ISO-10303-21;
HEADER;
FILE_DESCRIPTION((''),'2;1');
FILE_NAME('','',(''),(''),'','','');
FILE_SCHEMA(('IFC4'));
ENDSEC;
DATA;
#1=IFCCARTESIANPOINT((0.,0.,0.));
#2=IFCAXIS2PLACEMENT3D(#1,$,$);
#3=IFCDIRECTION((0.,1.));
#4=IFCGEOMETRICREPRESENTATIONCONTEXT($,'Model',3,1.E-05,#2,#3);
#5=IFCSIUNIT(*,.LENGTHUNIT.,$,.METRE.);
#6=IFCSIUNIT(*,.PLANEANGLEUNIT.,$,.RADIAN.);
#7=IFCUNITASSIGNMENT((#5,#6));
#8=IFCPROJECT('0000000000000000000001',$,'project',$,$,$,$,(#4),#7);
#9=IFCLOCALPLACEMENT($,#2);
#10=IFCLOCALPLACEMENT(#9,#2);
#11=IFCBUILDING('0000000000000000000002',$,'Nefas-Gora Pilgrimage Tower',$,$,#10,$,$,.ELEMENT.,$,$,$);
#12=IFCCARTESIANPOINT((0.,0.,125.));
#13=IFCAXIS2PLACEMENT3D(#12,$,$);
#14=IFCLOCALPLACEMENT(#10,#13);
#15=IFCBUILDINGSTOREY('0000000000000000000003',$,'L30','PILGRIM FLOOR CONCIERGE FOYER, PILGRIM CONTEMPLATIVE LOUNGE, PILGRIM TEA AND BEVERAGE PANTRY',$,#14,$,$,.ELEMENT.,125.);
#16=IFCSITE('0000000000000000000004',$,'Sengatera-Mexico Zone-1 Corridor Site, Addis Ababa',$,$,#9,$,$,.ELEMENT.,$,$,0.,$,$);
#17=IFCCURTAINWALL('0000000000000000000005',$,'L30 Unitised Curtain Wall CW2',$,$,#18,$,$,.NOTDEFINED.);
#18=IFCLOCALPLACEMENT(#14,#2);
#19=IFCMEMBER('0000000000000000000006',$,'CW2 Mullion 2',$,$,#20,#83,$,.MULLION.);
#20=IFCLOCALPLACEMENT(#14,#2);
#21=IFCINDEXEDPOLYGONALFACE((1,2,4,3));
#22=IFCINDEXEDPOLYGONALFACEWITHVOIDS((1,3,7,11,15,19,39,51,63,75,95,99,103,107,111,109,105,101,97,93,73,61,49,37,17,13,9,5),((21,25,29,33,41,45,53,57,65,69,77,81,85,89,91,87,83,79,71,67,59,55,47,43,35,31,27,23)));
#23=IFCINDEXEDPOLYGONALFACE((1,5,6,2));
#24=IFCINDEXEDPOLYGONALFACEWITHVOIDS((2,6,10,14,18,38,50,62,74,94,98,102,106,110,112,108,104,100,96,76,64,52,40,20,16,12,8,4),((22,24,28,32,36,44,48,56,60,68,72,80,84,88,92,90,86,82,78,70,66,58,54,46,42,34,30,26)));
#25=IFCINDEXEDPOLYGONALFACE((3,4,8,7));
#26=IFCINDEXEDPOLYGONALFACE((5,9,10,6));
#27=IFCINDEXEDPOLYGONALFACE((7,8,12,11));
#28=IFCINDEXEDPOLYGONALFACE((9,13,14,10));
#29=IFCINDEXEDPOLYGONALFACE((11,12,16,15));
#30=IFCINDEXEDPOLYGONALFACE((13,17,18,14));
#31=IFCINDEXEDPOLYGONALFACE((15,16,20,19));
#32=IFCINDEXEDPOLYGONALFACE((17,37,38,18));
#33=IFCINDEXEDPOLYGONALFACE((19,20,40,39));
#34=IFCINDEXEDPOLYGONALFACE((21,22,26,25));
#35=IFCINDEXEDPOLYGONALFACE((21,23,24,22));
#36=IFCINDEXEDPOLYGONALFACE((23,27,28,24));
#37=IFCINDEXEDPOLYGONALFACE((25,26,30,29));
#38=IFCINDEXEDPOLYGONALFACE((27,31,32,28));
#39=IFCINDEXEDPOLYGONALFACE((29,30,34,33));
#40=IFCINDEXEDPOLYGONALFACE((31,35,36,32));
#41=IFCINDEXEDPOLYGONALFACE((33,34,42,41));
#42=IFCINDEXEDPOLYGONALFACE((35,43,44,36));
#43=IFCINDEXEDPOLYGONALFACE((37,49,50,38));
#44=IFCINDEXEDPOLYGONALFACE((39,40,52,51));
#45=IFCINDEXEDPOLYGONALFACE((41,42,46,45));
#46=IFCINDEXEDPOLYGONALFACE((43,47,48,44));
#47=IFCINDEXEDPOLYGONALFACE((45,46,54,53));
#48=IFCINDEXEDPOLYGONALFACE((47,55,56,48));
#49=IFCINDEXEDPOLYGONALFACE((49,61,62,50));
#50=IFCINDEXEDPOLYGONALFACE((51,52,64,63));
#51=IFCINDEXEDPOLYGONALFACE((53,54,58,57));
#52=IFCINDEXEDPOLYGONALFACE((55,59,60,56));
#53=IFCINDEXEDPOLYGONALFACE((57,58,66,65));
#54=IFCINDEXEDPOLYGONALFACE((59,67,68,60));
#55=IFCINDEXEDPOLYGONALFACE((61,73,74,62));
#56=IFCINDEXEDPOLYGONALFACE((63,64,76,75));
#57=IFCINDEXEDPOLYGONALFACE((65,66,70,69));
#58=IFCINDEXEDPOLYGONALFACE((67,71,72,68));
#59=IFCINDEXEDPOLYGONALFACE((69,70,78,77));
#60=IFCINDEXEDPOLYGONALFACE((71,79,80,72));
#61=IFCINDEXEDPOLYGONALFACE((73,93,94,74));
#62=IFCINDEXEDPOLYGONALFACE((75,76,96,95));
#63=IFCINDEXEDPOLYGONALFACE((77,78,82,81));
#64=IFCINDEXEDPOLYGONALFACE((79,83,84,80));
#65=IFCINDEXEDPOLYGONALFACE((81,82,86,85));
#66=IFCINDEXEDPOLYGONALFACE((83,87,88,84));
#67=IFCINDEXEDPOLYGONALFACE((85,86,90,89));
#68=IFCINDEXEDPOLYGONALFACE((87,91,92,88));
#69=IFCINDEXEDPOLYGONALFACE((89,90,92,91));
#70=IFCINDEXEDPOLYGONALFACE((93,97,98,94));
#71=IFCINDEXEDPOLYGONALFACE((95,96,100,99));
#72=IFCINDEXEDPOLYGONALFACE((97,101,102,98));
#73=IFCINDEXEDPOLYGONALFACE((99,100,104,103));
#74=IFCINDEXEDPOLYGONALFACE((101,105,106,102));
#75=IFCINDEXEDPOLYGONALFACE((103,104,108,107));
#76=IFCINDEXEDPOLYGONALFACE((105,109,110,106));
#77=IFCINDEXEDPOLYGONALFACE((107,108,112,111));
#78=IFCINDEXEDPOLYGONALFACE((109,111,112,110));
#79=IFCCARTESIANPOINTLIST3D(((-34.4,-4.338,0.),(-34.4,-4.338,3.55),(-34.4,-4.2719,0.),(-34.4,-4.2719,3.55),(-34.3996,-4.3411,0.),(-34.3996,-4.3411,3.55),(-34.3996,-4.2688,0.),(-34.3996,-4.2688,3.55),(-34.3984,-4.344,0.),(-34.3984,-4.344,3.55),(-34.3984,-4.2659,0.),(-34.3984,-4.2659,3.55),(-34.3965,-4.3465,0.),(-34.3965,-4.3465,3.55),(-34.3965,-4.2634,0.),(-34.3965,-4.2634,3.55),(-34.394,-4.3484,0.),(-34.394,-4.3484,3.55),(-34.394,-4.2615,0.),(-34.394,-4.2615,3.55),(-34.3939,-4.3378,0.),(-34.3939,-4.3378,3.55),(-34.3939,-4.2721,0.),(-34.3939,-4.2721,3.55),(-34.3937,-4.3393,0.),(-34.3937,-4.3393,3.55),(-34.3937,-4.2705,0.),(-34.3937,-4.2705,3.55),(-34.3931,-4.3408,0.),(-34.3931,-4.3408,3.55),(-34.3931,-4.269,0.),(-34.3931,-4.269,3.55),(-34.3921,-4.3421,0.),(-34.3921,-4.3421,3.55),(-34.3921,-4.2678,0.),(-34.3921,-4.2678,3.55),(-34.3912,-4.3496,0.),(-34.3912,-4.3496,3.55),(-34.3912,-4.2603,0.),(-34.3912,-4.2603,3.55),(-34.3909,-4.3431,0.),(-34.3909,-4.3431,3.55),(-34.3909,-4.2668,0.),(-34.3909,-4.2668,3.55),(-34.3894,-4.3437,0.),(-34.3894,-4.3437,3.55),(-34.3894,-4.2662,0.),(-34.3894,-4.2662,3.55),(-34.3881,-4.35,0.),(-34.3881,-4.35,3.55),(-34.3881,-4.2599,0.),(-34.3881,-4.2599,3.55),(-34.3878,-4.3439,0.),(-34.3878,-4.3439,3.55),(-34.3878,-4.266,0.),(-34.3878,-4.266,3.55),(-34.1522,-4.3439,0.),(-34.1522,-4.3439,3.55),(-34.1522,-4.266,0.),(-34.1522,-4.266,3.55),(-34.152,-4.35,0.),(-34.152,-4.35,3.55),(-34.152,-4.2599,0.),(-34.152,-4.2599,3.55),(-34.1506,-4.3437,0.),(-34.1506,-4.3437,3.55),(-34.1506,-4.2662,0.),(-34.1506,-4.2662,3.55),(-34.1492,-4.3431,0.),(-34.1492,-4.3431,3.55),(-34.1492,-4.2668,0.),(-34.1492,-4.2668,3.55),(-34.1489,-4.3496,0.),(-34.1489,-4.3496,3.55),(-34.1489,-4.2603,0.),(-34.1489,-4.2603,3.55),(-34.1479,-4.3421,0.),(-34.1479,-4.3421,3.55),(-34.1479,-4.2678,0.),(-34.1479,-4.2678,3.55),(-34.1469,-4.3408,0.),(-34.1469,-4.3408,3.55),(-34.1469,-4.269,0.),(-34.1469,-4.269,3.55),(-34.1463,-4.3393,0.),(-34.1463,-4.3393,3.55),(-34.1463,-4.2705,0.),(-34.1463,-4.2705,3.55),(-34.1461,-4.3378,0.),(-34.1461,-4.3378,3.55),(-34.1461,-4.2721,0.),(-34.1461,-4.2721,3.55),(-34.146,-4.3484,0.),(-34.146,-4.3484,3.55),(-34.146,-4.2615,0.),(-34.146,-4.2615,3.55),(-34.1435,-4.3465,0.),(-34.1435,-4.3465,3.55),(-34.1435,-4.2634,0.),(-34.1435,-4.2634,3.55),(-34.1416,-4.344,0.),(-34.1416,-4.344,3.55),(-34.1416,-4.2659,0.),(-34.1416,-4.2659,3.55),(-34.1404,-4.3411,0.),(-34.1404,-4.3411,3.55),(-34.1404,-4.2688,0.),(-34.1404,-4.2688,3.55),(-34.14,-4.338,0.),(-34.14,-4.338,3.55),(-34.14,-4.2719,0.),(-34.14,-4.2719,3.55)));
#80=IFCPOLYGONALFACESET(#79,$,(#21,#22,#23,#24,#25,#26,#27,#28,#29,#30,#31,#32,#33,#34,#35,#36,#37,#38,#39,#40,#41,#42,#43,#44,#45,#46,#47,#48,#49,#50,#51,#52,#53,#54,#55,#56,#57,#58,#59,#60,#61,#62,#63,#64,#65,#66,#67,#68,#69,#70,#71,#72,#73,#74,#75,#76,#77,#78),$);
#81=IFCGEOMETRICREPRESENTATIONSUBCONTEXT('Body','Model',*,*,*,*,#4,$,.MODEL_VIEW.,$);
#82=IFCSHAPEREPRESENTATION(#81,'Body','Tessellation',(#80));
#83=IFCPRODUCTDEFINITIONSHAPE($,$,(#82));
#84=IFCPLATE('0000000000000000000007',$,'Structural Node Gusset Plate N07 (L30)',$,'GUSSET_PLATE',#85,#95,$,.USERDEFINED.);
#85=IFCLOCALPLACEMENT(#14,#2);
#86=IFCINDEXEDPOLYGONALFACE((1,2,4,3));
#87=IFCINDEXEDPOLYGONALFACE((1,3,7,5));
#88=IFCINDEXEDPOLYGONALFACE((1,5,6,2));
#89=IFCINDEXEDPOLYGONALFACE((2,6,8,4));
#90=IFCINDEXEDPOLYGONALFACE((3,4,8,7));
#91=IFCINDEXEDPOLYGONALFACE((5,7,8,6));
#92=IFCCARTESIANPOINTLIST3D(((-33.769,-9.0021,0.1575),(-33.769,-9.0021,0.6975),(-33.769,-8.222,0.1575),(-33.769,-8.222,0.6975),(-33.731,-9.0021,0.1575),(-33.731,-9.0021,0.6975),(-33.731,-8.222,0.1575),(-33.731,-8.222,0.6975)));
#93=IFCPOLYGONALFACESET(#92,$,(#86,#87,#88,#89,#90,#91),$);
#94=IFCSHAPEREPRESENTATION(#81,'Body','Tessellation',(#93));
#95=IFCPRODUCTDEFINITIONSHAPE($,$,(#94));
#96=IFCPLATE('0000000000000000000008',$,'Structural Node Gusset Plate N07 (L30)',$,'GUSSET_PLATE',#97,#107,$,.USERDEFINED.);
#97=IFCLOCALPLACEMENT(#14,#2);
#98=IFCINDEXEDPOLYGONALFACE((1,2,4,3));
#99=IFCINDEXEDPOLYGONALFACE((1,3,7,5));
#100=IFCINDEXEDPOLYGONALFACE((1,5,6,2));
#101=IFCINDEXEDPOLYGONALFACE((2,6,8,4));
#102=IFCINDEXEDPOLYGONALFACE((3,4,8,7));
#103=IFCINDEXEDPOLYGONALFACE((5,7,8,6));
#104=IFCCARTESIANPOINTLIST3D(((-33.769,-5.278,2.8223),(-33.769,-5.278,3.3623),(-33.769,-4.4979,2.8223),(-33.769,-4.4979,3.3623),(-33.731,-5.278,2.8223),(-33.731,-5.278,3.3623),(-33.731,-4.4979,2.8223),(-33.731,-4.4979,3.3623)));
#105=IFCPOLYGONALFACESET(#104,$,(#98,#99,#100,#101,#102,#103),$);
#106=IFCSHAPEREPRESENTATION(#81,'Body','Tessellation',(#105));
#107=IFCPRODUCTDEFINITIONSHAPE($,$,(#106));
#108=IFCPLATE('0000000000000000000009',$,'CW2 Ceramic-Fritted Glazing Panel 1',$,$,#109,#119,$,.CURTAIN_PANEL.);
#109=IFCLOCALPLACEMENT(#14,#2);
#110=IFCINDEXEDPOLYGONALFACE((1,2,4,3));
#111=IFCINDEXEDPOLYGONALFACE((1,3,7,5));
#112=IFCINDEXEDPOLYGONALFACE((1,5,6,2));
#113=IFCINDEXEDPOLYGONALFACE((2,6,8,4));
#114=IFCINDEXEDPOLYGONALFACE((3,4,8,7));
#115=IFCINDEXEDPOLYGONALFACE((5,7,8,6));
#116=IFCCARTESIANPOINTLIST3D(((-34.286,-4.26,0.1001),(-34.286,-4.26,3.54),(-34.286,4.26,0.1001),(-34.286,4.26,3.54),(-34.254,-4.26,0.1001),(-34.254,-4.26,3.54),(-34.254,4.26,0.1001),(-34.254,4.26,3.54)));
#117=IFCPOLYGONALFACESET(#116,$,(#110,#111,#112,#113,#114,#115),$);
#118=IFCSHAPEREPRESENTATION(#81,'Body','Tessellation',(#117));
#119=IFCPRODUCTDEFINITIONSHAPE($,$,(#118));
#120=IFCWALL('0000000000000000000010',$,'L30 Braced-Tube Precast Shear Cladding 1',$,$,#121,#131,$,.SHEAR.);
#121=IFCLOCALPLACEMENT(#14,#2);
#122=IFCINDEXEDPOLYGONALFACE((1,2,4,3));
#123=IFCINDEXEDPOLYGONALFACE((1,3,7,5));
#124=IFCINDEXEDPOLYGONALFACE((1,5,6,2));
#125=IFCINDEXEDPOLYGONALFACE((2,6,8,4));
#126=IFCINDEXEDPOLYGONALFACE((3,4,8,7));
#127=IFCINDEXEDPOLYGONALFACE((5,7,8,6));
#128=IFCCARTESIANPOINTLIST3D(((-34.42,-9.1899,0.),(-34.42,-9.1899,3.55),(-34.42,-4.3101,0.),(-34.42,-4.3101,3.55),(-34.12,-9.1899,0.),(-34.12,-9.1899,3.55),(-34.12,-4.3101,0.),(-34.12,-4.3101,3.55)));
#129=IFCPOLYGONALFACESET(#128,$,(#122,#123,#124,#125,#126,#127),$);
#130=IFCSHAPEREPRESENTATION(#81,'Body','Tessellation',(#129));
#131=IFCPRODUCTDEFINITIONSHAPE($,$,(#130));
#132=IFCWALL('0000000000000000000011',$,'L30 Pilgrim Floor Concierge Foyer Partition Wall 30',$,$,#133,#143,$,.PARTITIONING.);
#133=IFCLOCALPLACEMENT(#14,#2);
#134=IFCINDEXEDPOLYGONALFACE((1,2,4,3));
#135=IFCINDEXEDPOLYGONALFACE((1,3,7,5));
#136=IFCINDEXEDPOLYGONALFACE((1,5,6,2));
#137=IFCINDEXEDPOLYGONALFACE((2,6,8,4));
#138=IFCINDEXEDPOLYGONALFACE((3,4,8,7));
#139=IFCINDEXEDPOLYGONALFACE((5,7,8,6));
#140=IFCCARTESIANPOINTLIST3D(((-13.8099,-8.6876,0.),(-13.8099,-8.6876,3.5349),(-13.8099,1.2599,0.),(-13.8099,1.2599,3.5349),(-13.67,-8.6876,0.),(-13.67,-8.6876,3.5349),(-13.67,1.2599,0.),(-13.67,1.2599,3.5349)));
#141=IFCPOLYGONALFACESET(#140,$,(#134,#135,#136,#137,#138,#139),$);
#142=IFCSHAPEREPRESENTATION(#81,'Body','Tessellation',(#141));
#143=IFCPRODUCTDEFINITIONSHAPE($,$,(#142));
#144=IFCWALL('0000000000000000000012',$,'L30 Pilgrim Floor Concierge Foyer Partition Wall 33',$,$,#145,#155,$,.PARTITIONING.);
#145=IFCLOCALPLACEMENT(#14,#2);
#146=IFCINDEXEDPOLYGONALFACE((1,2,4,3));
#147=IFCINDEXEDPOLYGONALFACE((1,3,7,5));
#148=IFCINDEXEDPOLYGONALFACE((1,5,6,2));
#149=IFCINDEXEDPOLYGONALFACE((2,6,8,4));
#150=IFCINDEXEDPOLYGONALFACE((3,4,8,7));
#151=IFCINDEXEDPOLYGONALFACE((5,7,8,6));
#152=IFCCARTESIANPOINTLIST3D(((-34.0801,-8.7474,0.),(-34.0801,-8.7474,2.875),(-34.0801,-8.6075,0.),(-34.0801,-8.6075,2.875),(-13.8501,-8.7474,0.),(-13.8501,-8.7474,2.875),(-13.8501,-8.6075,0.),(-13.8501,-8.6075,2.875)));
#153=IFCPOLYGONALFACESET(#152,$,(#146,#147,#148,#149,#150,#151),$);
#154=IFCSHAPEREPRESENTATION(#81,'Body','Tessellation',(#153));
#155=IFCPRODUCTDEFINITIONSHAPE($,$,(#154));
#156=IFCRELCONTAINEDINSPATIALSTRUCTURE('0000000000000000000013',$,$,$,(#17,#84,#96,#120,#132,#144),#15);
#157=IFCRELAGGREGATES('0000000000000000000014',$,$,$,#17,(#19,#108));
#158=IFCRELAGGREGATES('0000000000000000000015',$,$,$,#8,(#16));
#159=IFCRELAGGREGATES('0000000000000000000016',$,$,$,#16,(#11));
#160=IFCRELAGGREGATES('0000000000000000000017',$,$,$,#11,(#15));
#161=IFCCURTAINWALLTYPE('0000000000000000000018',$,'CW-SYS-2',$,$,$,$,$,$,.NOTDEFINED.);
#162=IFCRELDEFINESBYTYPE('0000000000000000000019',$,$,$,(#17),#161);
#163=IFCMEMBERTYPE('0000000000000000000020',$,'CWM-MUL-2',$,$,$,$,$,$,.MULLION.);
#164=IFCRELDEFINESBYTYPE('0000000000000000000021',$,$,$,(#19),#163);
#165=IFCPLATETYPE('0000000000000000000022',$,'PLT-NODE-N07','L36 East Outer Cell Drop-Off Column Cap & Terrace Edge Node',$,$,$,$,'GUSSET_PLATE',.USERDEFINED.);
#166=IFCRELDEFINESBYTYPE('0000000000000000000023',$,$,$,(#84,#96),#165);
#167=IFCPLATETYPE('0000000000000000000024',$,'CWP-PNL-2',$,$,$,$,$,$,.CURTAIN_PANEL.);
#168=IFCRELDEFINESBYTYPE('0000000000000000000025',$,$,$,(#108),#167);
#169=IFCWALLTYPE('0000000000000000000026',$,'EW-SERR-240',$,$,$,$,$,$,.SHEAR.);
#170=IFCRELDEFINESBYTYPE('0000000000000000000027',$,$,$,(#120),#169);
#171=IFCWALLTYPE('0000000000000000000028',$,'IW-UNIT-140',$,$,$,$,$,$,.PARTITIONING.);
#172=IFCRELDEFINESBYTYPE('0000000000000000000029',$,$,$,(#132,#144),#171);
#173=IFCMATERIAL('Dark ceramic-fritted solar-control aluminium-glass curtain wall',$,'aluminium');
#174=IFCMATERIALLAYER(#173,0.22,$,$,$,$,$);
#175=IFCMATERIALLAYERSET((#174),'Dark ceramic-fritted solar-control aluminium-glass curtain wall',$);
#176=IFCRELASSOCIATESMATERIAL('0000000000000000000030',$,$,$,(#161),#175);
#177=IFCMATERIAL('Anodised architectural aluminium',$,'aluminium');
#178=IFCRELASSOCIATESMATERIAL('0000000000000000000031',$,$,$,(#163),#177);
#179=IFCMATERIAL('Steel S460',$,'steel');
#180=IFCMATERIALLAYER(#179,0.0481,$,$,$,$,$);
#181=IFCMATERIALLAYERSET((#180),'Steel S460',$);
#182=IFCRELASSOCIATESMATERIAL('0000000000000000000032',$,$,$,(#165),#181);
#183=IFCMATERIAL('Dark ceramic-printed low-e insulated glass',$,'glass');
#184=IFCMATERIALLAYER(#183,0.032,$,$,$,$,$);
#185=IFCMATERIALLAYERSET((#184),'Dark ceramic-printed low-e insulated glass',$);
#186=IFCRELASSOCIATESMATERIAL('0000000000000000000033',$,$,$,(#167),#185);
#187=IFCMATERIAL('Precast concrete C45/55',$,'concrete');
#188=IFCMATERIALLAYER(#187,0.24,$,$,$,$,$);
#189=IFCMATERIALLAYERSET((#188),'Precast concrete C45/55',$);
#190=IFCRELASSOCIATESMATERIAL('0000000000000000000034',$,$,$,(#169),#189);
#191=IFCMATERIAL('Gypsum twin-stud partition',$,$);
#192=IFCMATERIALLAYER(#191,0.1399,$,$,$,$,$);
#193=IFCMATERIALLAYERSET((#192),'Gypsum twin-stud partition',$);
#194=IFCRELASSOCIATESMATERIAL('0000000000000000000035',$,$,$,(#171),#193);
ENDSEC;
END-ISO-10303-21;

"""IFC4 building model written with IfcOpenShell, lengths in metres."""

from ifc_helpers import new_model, si_unit, direction, frame, frame_2d, origin, origin_2d, place, context, subcontext, project, spatial, rectangle, hollow_rectangle, extrude, source, transform, mapped, material, layer, layer_set, material_profile, profile_set, type_object, element, aggregate, save


model = new_model("IFC4")

# Units and contexts
model_context = context("Model", 3, precision=1e-05, world=origin(), true_north=direction((0.0, 1.0)))
body_context = subcontext(model_context, "Body", "Model", "MODEL_VIEW")
ifc_project = project(units=[si_unit("LENGTHUNIT", "METRE"), si_unit("PLANEANGLEUNIT", "RADIAN")], contexts=[model_context])

# Site, building, storey
site_placement = place(None, origin())
site = spatial("IfcSite", under=ifc_project, at=site_placement, Name="Sengatera-Mexico Zone-1 Corridor Site, Addis Ababa", CompositionType="ELEMENT", RefElevation=0.0)
building_placement = place(site_placement, origin())
building = spatial("IfcBuilding", under=site, at=building_placement, Name="Nefas-Gora Pilgrimage Tower", CompositionType="ELEMENT")
storey_placement = place(building_placement, frame((0.0, 0.0, 125.0)))
storey = spatial("IfcBuildingStorey", under=building, at=storey_placement, Name="L30", Description="PILGRIM FLOOR CONCIERGE FOYER, PILGRIM CONTEMPLATIVE LOUNGE, PILGRIM TEA AND BEVERAGE PANTRY", CompositionType="ELEMENT", Elevation=125.0)

# Shared definitions
ifc_material_1 = material(Name="Steel S460", Category="steel")

# Curtain wall, member
ifc_material_2 = material(Name="Dark ceramic-fritted solar-control aluminium-glass curtain wall", Category="aluminium")
ifc_layer_1 = layer(ifc_material_2, 0.22)
ifc_layer_set_1 = layer_set([ifc_layer_1], Name="Dark ceramic-fritted solar-control aluminium-glass curtain wall")
curtain_wall_type = type_object("IfcCurtainWallType", Name="CW-SYS-2", PredefinedType="NOTDEFINED", material=ifc_layer_set_1)
curtain_wall_placement = place(storey_placement, origin())
curtain_wall = element("IfcCurtainWall", 1, at=curtain_wall_placement, inside=storey, type_object=curtain_wall_type, Name="L30 Unitised Curtain Wall CW2", PredefinedType="NOTDEFINED")
ifc_material_3 = material(Name="Anodised architectural aluminium", Category="aluminium")
ifc_material_profile_1 = material_profile(ifc_material_3, hollow_rectangle(XDim=0.0901, YDim=0.26, WallThickness=0.0061, InnerFilletRadius=0.0061, OuterFilletRadius=0.012, at=origin_2d()), Name="ALU MULLION 90x260")
ifc_profile_set_1 = profile_set([ifc_material_profile_1], Name="Anodised architectural aluminium")
member_type_1 = type_object("IfcMemberType", Name="CWM-MUL-2", PredefinedType="MULLION", material=ifc_profile_set_1)
shared_shape_1 = source(origin(), body_context, "Body", "SweptSolid", [
    extrude(hollow_rectangle(XDim=0.0901, YDim=0.26, WallThickness=0.0061, InnerFilletRadius=0.0061, OuterFilletRadius=0.012, at=origin_2d()), origin(), (0.0, 0.0, 1.0), 3.55),
])
member_1_placement = place(storey_placement, frame((-34.27, -4.3049, 0.0), z_axis=(0.0, 0.0, 1.0), x_axis=(0.0, -1.0, 0.0)))
member_1 = element("IfcMember", 2, at=member_1_placement, type_object=member_type_1, Name="CW2 Mullion 2", PredefinedType="MULLION", context=body_context, shape_type="MappedRepresentation", body=[
    mapped(shared_shape_1, transform((0.0, 0.0, 0.0), x_axis=(1.0, 0.0, 0.0), y_axis=(0.0, 1.0, 0.0), z_axis=(0.0, 0.0, 1.0), scale=1.0)),
])

# Plates
ifc_layer_2 = layer(ifc_material_1, 0.0481)
ifc_layer_set_2 = layer_set([ifc_layer_2], Name="Steel S460")
plate_type_1 = type_object("IfcPlateType", Name="PLT-NODE-N07", Description="L36 East Outer Cell Drop-Off Column Cap & Terrace Edge Node", ElementType="GUSSET_PLATE", PredefinedType="USERDEFINED", material=ifc_layer_set_2)
shared_shape_2 = source(origin(), body_context, "Body", "SweptSolid", [
    extrude(rectangle(XDim=0.78, YDim=0.0381, at=origin_2d()), origin(), (0.0, 0.0, 1.0), 0.54),
])
for number, where, z_axis, x_axis, name in (
    (3, (-33.75, -8.6121, 0.1575), (0.0, 0.0, 1.0), (0.0, 1.0, 0.0), "Structural Node Gusset Plate N07 (L30)"),
    (4, (-33.75, -4.8879, 2.8223), (0.0, 0.0, 1.0), (0.0, 1.0, 0.0), "Structural Node Gusset Plate N07 (L30)"),
):
    element("IfcPlate", number, at=place(storey_placement, frame(where, z_axis=z_axis, x_axis=x_axis)), inside=storey, type_object=plate_type_1, Name=name, ObjectType="GUSSET_PLATE", PredefinedType="USERDEFINED", context=body_context, shape_type="MappedRepresentation", body=[
        mapped(shared_shape_2, transform((0.0, 0.0, 0.0), x_axis=(1.0, 0.0, 0.0), y_axis=(0.0, 1.0, 0.0), z_axis=(0.0, 0.0, 1.0), scale=1.0)),
    ])

# Plate
ifc_material_4 = material(Name="Dark ceramic-printed low-e insulated glass", Category="glass")
ifc_layer_3 = layer(ifc_material_4, 0.032)
ifc_layer_set_3 = layer_set([ifc_layer_3], Name="Dark ceramic-printed low-e insulated glass")
plate_type_2 = type_object("IfcPlateType", Name="CWP-PNL-2", PredefinedType="CURTAIN_PANEL", material=ifc_layer_set_3)
shared_shape_3 = source(origin(), body_context, "Body", "SweptSolid", [
    extrude(rectangle(XDim=8.52, YDim=0.032, at=origin_2d()), origin(), (0.0, 0.0, 1.0), 3.4399),
])
plate_placement = place(storey_placement, frame((-34.27, 0.0, 0.1001), z_axis=(0.0, 0.0, 1.0), x_axis=(0.0, -1.0, 0.0)))
plate = element("IfcPlate", 5, at=plate_placement, type_object=plate_type_2, Name="CW2 Ceramic-Fritted Glazing Panel 1", PredefinedType="CURTAIN_PANEL", context=body_context, shape_type="MappedRepresentation", body=[
    mapped(shared_shape_3, transform((0.0, 0.0, 0.0), x_axis=(1.0, 0.0, 0.0), y_axis=(0.0, 1.0, 0.0), z_axis=(0.0, 0.0, 1.0), scale=1.0)),
])
aggregate(curtain_wall, [member_1, plate])

# Walls
ifc_material_5 = material(Name="Precast concrete C45/55", Category="concrete")
ifc_layer_4 = layer(ifc_material_5, 0.24)
ifc_layer_set_4 = layer_set([ifc_layer_4], Name="Precast concrete C45/55")
wall_type_1 = type_object("IfcWallType", Name="EW-SERR-240", PredefinedType="SHEAR", material=ifc_layer_set_4)
shared_shape_4 = source(origin(), body_context, "Body", "SweptSolid", [
    extrude(rectangle(XDim=4.8799, YDim=0.3, at=frame_2d((2.4399, 0.0))), origin(), (0.0, 0.0, 1.0), 3.55),
])
wall_1_placement = place(storey_placement, frame((-34.27, -9.1899, 0.0), z_axis=(0.0, 0.0, 1.0), x_axis=(0.0, 1.0, 0.0)))
element("IfcWall", 6, at=wall_1_placement, inside=storey, type_object=wall_type_1, Name="L30 Braced-Tube Precast Shear Cladding 1", PredefinedType="SHEAR", context=body_context, shape_type="MappedRepresentation", body=[
    mapped(shared_shape_4, transform((0.0, 0.0, 0.0), x_axis=(1.0, 0.0, 0.0), y_axis=(0.0, 1.0, 0.0), z_axis=(0.0, 0.0, 1.0), scale=1.0)),
])
ifc_material_6 = material(Name="Gypsum twin-stud partition")
ifc_layer_5 = layer(ifc_material_6, 0.1399)
ifc_layer_set_5 = layer_set([ifc_layer_5], Name="Gypsum twin-stud partition")
wall_type_2 = type_object("IfcWallType", Name="IW-UNIT-140", PredefinedType="PARTITIONING", material=ifc_layer_set_5)
shared_shape_5 = source(origin(), body_context, "Body", "SweptSolid", [
    extrude(rectangle(XDim=9.9475, YDim=0.1399, at=frame_2d((4.9736, 0.0))), origin(), (0.0, 0.0, 1.0), 3.5349),
])
wall_2_placement = place(storey_placement, frame((-13.74, -8.6875, 0.0), z_axis=(0.0, 0.0, 1.0), x_axis=(0.0, 1.0, 0.0)))
element("IfcWall", 7, at=wall_2_placement, inside=storey, type_object=wall_type_2, Name="L30 Pilgrim Floor Concierge Foyer Partition Wall 30", PredefinedType="PARTITIONING", context=body_context, shape_type="MappedRepresentation", body=[
    mapped(shared_shape_5, transform((0.0, 0.0, 0.0), x_axis=(1.0, 0.0, 0.0), y_axis=(0.0, 1.0, 0.0), z_axis=(0.0, 0.0, 1.0), scale=1.0)),
])
shared_shape_6 = source(origin(), body_context, "Body", "SweptSolid", [
    extrude(rectangle(XDim=20.23, YDim=0.1399, at=frame_2d((10.115, 0.0))), origin(), (0.0, 0.0, 1.0), 2.875),
])
wall_3_placement = place(storey_placement, frame((-34.0801, -8.6775, 0.0), z_axis=(0.0, 0.0, 1.0), x_axis=(1.0, 0.0, 0.0)))
element("IfcWall", 8, at=wall_3_placement, inside=storey, type_object=wall_type_2, Name="L30 Pilgrim Floor Concierge Foyer Partition Wall 33", PredefinedType="PARTITIONING", context=body_context, shape_type="MappedRepresentation", body=[
    mapped(shared_shape_6, transform((0.0, 0.0, 0.0), x_axis=(1.0, 0.0, 0.0), y_axis=(0.0, 1.0, 0.0), z_axis=(0.0, 0.0, 1.0), scale=1.0)),
])

save(model, "model.ifc")
